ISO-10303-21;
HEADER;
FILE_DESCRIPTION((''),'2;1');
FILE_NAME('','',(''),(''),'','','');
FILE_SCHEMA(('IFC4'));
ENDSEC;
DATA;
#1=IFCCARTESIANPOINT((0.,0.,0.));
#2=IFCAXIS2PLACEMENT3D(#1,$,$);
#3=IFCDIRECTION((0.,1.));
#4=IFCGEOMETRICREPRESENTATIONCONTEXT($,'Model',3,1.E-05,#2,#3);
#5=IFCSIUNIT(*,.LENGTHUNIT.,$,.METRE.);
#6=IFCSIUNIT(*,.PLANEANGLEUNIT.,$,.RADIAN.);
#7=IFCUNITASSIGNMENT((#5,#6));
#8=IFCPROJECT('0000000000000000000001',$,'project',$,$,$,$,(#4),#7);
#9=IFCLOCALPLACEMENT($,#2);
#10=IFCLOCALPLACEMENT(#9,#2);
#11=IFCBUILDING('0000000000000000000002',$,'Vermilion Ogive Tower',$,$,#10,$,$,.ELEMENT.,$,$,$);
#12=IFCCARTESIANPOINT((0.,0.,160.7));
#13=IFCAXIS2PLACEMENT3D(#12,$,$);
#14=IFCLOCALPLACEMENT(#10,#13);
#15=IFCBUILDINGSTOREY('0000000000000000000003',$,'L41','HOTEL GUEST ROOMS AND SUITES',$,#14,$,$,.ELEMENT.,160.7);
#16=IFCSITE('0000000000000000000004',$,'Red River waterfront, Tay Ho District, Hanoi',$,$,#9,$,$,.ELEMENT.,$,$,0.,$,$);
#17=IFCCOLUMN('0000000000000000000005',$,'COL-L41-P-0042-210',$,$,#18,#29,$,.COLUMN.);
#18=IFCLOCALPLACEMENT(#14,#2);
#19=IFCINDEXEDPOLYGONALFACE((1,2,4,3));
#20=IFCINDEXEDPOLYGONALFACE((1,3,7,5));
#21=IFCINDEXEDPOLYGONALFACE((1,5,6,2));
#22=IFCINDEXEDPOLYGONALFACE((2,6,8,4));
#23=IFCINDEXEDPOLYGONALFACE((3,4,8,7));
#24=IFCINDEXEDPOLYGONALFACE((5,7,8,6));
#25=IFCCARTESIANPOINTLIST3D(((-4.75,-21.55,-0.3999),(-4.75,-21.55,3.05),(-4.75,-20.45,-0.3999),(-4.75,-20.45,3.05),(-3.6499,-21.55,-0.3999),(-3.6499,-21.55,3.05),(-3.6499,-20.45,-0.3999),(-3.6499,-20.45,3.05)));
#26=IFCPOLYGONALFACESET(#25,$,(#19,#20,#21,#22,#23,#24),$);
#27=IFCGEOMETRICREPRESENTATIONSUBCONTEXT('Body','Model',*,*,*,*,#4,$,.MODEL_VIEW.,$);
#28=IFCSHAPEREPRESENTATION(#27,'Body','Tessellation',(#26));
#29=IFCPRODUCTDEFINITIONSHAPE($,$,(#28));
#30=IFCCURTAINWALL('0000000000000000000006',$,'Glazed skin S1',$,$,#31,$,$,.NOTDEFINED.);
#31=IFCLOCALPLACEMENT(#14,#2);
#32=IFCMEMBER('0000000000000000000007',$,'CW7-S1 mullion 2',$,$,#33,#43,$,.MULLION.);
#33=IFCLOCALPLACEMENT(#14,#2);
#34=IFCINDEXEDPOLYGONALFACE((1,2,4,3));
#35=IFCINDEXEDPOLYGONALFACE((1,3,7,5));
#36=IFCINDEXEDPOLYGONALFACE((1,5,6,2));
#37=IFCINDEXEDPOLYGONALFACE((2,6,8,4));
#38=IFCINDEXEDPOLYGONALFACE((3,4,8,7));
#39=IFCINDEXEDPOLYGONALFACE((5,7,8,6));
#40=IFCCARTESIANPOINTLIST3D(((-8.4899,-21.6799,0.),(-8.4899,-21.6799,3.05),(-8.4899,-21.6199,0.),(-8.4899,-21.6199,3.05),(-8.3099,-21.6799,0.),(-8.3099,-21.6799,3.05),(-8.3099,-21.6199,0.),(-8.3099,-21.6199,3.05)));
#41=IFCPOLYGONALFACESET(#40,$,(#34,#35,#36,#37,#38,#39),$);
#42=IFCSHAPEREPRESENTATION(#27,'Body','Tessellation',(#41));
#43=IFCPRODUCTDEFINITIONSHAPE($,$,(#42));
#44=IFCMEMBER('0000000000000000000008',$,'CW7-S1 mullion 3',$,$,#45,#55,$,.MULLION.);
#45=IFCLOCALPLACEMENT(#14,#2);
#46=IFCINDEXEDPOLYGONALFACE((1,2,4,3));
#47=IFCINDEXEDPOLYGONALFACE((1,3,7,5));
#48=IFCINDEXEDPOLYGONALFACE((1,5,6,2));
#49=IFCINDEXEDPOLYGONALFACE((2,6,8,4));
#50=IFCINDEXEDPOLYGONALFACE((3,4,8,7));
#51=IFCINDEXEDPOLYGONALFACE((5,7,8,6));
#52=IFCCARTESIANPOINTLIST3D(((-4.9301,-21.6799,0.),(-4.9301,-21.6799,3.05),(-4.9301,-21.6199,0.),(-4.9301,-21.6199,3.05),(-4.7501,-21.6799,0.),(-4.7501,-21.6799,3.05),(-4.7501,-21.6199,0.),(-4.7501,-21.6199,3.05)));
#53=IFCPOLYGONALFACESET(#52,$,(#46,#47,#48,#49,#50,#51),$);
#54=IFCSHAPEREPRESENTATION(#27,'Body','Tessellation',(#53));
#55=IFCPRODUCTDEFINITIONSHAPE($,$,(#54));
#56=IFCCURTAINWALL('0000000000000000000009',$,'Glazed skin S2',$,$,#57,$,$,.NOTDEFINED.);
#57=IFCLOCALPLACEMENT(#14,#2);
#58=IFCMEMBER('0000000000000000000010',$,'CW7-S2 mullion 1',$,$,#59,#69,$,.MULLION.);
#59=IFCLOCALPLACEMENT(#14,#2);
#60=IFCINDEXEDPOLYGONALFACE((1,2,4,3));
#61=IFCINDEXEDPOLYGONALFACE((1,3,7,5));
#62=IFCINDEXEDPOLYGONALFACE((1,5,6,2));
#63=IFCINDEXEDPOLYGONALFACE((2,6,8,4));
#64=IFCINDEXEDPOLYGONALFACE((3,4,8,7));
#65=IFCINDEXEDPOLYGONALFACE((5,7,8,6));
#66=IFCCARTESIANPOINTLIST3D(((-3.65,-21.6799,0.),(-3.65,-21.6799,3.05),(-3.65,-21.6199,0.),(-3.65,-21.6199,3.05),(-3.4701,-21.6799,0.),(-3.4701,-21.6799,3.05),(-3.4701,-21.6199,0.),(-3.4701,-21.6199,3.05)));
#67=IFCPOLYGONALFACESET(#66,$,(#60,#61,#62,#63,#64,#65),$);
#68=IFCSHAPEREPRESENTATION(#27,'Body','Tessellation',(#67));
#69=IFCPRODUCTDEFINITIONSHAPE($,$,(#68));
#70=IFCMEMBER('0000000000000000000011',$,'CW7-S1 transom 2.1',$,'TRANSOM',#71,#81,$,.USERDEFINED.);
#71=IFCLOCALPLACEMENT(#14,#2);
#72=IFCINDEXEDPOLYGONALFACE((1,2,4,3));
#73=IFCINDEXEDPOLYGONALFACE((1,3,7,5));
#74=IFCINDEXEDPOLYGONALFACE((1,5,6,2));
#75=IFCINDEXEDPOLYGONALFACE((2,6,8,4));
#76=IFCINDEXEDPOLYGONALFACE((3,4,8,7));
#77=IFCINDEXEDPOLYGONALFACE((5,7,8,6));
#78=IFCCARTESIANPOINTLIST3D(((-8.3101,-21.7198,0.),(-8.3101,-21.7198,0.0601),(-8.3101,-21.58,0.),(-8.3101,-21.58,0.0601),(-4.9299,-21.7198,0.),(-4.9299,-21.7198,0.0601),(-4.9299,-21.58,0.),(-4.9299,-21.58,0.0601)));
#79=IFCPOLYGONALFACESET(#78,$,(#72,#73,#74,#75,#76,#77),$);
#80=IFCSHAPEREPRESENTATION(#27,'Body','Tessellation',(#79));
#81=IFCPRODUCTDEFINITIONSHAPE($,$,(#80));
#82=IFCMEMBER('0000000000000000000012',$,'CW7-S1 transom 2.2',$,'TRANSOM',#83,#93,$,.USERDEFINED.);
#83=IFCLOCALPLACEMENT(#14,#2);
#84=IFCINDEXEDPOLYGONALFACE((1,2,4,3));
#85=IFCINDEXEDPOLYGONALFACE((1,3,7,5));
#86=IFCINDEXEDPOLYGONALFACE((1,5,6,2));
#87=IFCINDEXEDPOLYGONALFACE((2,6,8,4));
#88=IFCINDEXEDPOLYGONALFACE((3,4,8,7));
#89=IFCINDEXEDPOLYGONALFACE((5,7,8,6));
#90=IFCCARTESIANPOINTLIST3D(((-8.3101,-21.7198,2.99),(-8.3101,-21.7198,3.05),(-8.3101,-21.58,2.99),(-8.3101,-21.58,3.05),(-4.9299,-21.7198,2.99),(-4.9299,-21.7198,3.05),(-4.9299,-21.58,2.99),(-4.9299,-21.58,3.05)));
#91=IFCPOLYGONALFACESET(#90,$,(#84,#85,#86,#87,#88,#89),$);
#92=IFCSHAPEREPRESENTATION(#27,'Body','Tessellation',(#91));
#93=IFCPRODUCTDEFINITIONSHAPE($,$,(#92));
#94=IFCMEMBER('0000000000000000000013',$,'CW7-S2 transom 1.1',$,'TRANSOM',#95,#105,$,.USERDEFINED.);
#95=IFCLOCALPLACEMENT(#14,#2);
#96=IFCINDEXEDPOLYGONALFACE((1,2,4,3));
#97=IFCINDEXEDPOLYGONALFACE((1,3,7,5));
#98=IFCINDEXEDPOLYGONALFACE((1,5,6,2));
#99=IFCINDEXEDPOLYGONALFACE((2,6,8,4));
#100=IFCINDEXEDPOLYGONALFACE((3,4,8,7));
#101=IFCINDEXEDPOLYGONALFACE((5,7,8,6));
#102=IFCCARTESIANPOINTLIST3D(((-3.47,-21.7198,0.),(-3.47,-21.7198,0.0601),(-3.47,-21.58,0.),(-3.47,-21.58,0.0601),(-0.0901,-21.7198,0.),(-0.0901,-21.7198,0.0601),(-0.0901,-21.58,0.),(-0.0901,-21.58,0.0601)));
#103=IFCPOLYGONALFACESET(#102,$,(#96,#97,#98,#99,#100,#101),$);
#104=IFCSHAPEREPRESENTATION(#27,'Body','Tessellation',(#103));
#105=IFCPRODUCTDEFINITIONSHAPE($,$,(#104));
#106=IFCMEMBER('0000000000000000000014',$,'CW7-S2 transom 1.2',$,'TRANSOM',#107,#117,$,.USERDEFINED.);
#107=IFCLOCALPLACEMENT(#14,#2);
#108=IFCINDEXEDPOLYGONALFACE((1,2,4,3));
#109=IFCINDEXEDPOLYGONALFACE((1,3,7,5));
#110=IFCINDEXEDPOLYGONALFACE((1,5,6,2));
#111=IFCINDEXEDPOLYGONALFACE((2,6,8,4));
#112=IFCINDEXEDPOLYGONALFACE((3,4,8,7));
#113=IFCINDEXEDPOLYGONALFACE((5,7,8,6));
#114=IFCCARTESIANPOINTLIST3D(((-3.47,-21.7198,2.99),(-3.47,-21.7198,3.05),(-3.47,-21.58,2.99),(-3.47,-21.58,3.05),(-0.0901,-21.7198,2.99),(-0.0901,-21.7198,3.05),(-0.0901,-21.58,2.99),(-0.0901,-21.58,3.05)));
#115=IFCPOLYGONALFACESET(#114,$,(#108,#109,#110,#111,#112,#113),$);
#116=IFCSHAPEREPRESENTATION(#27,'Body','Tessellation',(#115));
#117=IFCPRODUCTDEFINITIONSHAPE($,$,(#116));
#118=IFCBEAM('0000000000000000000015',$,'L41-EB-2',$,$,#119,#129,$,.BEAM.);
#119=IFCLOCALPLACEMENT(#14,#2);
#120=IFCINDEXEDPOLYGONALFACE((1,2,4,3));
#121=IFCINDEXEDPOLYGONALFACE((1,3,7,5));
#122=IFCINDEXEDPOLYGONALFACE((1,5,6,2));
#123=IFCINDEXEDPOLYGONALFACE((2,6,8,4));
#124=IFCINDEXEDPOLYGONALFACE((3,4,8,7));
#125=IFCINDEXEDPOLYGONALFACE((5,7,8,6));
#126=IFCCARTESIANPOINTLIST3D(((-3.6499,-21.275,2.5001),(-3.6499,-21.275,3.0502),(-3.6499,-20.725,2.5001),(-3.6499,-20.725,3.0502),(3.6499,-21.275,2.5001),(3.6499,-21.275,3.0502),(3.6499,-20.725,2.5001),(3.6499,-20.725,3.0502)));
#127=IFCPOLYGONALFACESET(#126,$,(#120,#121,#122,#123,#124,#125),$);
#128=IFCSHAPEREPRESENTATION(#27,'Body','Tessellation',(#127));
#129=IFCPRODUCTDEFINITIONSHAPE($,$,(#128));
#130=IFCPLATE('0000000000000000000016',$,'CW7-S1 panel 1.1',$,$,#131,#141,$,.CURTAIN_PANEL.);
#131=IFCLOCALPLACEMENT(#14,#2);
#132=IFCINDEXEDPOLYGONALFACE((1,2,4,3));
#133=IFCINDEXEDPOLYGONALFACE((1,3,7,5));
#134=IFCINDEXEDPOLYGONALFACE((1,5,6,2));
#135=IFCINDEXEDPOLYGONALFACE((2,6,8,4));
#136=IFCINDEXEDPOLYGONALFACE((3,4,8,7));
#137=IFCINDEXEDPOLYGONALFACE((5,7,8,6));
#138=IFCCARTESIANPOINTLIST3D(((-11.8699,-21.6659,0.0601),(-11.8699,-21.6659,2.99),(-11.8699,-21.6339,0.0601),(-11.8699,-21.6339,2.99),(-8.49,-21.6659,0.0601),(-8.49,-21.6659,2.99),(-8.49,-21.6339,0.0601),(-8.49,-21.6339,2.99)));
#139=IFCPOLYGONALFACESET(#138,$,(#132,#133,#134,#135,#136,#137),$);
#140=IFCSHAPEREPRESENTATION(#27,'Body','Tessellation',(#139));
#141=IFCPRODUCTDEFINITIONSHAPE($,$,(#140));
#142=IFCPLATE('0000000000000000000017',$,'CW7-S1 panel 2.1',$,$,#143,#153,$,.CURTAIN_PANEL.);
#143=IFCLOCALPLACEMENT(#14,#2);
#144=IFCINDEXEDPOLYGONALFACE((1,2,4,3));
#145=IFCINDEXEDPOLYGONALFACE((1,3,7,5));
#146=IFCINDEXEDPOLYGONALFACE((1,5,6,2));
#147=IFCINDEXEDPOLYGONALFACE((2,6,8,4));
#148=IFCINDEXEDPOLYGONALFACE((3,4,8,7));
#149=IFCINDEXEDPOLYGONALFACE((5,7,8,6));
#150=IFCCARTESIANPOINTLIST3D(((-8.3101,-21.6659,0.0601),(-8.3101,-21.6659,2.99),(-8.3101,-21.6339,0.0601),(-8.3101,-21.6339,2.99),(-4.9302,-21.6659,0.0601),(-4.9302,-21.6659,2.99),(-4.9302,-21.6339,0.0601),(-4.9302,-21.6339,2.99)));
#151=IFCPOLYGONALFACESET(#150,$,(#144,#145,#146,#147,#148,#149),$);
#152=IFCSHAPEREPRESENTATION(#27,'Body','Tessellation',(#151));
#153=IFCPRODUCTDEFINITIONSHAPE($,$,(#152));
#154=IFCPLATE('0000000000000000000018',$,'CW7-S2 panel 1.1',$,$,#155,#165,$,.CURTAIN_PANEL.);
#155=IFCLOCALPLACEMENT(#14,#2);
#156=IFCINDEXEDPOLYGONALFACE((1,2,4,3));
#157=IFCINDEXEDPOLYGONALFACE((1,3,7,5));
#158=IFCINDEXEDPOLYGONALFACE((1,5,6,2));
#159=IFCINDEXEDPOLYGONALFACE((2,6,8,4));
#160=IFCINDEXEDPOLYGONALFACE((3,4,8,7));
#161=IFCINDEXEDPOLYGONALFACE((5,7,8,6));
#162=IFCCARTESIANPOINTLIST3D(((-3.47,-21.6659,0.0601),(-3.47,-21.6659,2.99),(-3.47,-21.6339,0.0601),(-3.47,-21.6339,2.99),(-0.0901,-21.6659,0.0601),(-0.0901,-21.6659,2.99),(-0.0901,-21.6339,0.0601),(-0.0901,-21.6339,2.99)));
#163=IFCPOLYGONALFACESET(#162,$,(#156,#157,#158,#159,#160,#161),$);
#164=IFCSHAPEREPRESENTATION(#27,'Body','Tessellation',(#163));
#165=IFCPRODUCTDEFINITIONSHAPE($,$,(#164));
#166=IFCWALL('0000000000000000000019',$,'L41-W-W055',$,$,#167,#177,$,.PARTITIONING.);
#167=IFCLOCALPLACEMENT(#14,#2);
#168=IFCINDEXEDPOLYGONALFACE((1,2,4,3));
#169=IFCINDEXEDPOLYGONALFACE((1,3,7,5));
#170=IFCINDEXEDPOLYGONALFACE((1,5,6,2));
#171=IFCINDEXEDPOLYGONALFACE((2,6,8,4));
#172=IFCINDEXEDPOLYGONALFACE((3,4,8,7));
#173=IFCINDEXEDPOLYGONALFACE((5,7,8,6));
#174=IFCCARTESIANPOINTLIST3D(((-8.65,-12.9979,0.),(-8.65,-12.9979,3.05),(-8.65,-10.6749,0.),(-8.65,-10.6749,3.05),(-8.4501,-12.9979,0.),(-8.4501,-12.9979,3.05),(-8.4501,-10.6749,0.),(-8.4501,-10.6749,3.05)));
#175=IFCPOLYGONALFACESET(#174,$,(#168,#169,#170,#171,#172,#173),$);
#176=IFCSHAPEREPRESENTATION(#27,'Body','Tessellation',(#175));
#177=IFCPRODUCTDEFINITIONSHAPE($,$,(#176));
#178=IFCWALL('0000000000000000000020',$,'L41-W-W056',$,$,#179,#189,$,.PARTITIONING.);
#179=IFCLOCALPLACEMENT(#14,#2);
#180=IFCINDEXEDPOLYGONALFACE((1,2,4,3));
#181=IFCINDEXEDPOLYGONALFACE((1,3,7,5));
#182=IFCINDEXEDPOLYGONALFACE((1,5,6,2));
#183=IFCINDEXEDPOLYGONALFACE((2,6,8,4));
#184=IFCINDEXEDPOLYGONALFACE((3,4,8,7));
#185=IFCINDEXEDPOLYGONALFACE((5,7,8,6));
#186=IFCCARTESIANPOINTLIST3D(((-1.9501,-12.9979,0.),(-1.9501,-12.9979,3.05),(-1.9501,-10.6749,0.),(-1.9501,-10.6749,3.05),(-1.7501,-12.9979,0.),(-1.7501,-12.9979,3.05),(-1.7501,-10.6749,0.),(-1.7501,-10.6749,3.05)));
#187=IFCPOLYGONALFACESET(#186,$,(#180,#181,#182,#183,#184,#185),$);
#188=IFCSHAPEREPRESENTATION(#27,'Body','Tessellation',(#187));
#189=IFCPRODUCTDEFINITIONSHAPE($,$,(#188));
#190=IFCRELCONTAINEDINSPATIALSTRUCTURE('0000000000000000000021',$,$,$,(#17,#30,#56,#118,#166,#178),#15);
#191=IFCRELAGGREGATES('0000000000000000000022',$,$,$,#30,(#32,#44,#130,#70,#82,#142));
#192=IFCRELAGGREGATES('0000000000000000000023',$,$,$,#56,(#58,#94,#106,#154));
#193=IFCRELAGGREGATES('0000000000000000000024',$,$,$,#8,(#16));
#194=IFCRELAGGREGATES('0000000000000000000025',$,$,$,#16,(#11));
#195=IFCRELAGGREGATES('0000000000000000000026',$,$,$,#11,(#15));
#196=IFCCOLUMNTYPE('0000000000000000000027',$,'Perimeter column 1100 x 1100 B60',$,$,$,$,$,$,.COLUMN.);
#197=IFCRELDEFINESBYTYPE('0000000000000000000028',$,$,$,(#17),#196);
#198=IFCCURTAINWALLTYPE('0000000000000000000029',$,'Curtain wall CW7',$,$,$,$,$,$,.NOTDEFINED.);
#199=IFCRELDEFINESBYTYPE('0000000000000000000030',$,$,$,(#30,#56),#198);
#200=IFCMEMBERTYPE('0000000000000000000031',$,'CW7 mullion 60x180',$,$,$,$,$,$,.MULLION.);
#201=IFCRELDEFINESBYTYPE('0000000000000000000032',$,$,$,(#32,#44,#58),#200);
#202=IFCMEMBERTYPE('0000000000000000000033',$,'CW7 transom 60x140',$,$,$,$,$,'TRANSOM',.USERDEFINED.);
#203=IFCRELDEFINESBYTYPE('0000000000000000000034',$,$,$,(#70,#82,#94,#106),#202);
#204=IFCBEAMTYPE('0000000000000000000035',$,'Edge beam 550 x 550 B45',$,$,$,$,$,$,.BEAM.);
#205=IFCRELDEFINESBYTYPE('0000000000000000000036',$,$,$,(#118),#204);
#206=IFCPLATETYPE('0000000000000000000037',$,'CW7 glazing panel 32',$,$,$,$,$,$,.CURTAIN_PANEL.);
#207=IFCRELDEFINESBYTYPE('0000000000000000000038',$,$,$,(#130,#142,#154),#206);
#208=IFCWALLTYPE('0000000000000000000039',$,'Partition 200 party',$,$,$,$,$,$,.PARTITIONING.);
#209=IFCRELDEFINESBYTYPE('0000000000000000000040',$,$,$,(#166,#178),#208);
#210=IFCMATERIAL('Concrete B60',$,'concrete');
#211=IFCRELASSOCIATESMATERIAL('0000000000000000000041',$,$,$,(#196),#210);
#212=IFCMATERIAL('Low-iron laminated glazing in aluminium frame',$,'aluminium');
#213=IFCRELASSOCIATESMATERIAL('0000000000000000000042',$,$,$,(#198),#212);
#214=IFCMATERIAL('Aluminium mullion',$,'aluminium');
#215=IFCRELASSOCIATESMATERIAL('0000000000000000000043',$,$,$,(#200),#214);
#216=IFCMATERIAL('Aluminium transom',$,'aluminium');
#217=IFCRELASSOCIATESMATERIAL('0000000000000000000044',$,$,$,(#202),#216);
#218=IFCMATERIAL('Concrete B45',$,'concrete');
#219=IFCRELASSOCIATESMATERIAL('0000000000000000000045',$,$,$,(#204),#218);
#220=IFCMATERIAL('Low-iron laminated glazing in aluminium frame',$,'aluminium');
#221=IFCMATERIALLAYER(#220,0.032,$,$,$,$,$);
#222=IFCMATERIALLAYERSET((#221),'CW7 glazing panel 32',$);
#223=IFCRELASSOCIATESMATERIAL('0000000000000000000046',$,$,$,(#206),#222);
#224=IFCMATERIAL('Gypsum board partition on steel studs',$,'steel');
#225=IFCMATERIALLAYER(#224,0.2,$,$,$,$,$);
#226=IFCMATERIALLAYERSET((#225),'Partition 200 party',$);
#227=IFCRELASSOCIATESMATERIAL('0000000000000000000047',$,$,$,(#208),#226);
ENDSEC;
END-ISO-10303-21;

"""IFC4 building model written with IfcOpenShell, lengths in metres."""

from ifc_helpers import new_model, si_unit, direction, frame, frame_2d, origin, origin_2d, place, context, subcontext, project, spatial, rectangle, extrude, material, layer, layer_set, material_profile, profile_set, type_object, element, aggregate, save


model = new_model("IFC4")

# Units and contexts
model_context = context("Model", 3, precision=1e-05, world=origin(), true_north=direction((0.0, 1.0)))
body_context = subcontext(model_context, "Body", "Model", "MODEL_VIEW")
ifc_project = project(units=[si_unit("LENGTHUNIT", "METRE"), si_unit("PLANEANGLEUNIT", "RADIAN")], contexts=[model_context])

# Site, building, storey
site_placement = place(None, origin())
site = spatial("IfcSite", under=ifc_project, at=site_placement, Name="Red River waterfront, Tay Ho District, Hanoi", CompositionType="ELEMENT", RefElevation=0.0)
building_placement = place(site_placement, origin())
building = spatial("IfcBuilding", under=site, at=building_placement, Name="Vermilion Ogive Tower", CompositionType="ELEMENT")
storey_placement = place(building_placement, frame((0.0, 0.0, 160.7)))
storey = spatial("IfcBuildingStorey", under=building, at=storey_placement, Name="L41", Description="HOTEL GUEST ROOMS AND SUITES", CompositionType="ELEMENT", Elevation=160.7)

# Column
ifc_material_1 = material(Name="Concrete B60", Category="concrete")
ifc_material_profile_1 = material_profile(ifc_material_1, rectangle(XDim=1.1001, YDim=1.1001, at=origin_2d()), Name="1100 x 1100")
ifc_profile_set_1 = profile_set([ifc_material_profile_1], Name="Concrete B60")
column_type = type_object("IfcColumnType", Name="Perimeter column 1100 x 1100 B60", PredefinedType="COLUMN", material=ifc_profile_set_1)
column_placement = place(storey_placement, frame((-4.2, -21.0, -0.3999), z_axis=(0.0, 0.0, 1.0), x_axis=(1.0, 0.0, 0.0)))
element("IfcColumn", 1, at=column_placement, inside=storey, type_object=column_type, Name="COL-L41-P-0042-210", PredefinedType="COLUMN", context=body_context, shape_type="SweptSolid", body=[
    extrude(rectangle(XDim=1.1001, YDim=1.1001, at=origin_2d()), origin(), (0.0, 0.0, 1.0), 3.45),
])

# Curtain wall, members
ifc_material_2 = material(Name="Low-iron laminated glazing in aluminium frame", Category="aluminium")
curtain_wall_type = type_object("IfcCurtainWallType", Name="Curtain wall CW7", PredefinedType="NOTDEFINED", material=ifc_material_2)
curtain_wall_1_placement = place(storey_placement, origin())
curtain_wall_1 = element("IfcCurtainWall", 2, at=curtain_wall_1_placement, inside=storey, type_object=curtain_wall_type, Name="Glazed skin S1", PredefinedType="NOTDEFINED")
ifc_material_3 = material(Name="Aluminium mullion", Category="aluminium")
ifc_material_profile_2 = material_profile(ifc_material_3, rectangle(XDim=0.0601, YDim=0.1799, at=origin_2d()), Name="AL 60x180")
ifc_profile_set_2 = profile_set([ifc_material_profile_2], Name="Aluminium mullion")
member_type_1 = type_object("IfcMemberType", Name="CW7 mullion 60x180", PredefinedType="MULLION", material=ifc_profile_set_2)
member_1_placement = place(storey_placement, frame((-8.3999, -21.6499, 0.0), z_axis=(0.0, 0.0, 1.0), x_axis=(0.0, 1.0, 0.0)))
member_1 = element("IfcMember", 3, at=member_1_placement, type_object=member_type_1, Name="CW7-S1 mullion 2", PredefinedType="MULLION", context=body_context, shape_type="SweptSolid", body=[
    extrude(rectangle(XDim=0.0601, YDim=0.1799, at=origin_2d()), origin(), (0.0, 0.0, 1.0), 3.05),
])
member_2_placement = place(storey_placement, frame((-4.8401, -21.6499, 0.0), z_axis=(0.0, 0.0, 1.0), x_axis=(0.0, 1.0, 0.0)))
member_2 = element("IfcMember", 4, at=member_2_placement, type_object=member_type_1, Name="CW7-S1 mullion 3", PredefinedType="MULLION", context=body_context, shape_type="SweptSolid", body=[
    extrude(rectangle(XDim=0.0601, YDim=0.1799, at=origin_2d()), origin(), (0.0, 0.0, 1.0), 3.05),
])

# Curtain wall, member
curtain_wall_2_placement = place(storey_placement, origin())
curtain_wall_2 = element("IfcCurtainWall", 5, at=curtain_wall_2_placement, inside=storey, type_object=curtain_wall_type, Name="Glazed skin S2", PredefinedType="NOTDEFINED")
member_3_placement = place(storey_placement, frame((-3.5601, -21.6499, 0.0), z_axis=(0.0, 0.0, 1.0), x_axis=(0.0, 1.0, 0.0)))
member_3 = element("IfcMember", 6, at=member_3_placement, type_object=member_type_1, Name="CW7-S2 mullion 1", PredefinedType="MULLION", context=body_context, shape_type="SweptSolid", body=[
    extrude(rectangle(XDim=0.0601, YDim=0.1799, at=origin_2d()), origin(), (0.0, 0.0, 1.0), 3.05),
])

# Members
ifc_material_4 = material(Name="Aluminium transom", Category="aluminium")
ifc_material_profile_3 = material_profile(ifc_material_4, rectangle(XDim=0.1399, YDim=0.0601, at=origin_2d()), Name="AL 60x140")
ifc_profile_set_3 = profile_set([ifc_material_profile_3], Name="Aluminium transom")
member_type_2 = type_object("IfcMemberType", Name="CW7 transom 60x140", ElementType="TRANSOM", PredefinedType="USERDEFINED", material=ifc_profile_set_3)
member_4_placement = place(storey_placement, frame((-8.3101, -21.6499, 0.03), z_axis=(1.0, 0.0, 0.0), x_axis=(0.0, 1.0, 0.0)))
member_4 = element("IfcMember", 7, at=member_4_placement, type_object=member_type_2, Name="CW7-S1 transom 2.1", ObjectType="TRANSOM", PredefinedType="USERDEFINED", context=body_context, shape_type="SweptSolid", body=[
    extrude(rectangle(XDim=0.1399, YDim=0.0601, at=origin_2d()), origin(), (0.0, 0.0, 1.0), 3.3801),
])
member_5_placement = place(storey_placement, frame((-8.3101, -21.6499, 3.02), z_axis=(1.0, 0.0, 0.0), x_axis=(0.0, 1.0, 0.0)))
member_5 = element("IfcMember", 8, at=member_5_placement, type_object=member_type_2, Name="CW7-S1 transom 2.2", ObjectType="TRANSOM", PredefinedType="USERDEFINED", context=body_context, shape_type="SweptSolid", body=[
    extrude(rectangle(XDim=0.1399, YDim=0.0601, at=origin_2d()), origin(), (0.0, 0.0, 1.0), 3.3801),
])
member_6_placement = place(storey_placement, frame((-3.47, -21.6499, 0.03), z_axis=(1.0, 0.0, 0.0), x_axis=(0.0, 1.0, 0.0)))
member_6 = element("IfcMember", 9, at=member_6_placement, type_object=member_type_2, Name="CW7-S2 transom 1.1", ObjectType="TRANSOM", PredefinedType="USERDEFINED", context=body_context, shape_type="SweptSolid", body=[
    extrude(rectangle(XDim=0.1399, YDim=0.0601, at=origin_2d()), origin(), (0.0, 0.0, 1.0), 3.3799),
])
member_7_placement = place(storey_placement, frame((-3.47, -21.6499, 3.02), z_axis=(1.0, 0.0, 0.0), x_axis=(0.0, 1.0, 0.0)))
member_7 = element("IfcMember", 10, at=member_7_placement, type_object=member_type_2, Name="CW7-S2 transom 1.2", ObjectType="TRANSOM", PredefinedType="USERDEFINED", context=body_context, shape_type="SweptSolid", body=[
    extrude(rectangle(XDim=0.1399, YDim=0.0601, at=origin_2d()), origin(), (0.0, 0.0, 1.0), 3.3799),
])

# Beam
ifc_material_5 = material(Name="Concrete B45", Category="concrete")
ifc_material_profile_4 = material_profile(ifc_material_5, rectangle(XDim=0.55, YDim=0.55, at=origin_2d()), Name="550 x 550")
ifc_profile_set_4 = profile_set([ifc_material_profile_4], Name="Concrete B45")
beam_type = type_object("IfcBeamType", Name="Edge beam 550 x 550 B45", PredefinedType="BEAM", material=ifc_profile_set_4)
beam_placement = place(storey_placement, frame((-3.6499, -21.0, 2.7751), z_axis=(1.0, 0.0, 0.0), x_axis=(0.0, 1.0, 0.0)))
element("IfcBeam", 11, at=beam_placement, inside=storey, type_object=beam_type, Name="L41-EB-2", PredefinedType="BEAM", context=body_context, shape_type="SweptSolid", body=[
    extrude(rectangle(XDim=0.55, YDim=0.55, at=origin_2d()), origin(), (0.0, 0.0, 1.0), 7.2998),
])

# Plates
ifc_material_6 = material(Name="Low-iron laminated glazing in aluminium frame", Category="aluminium")
ifc_layer_1 = layer(ifc_material_6, 0.032)
ifc_layer_set_1 = layer_set([ifc_layer_1], Name="CW7 glazing panel 32")
plate_type = type_object("IfcPlateType", Name="CW7 glazing panel 32", PredefinedType="CURTAIN_PANEL", material=ifc_layer_set_1)
plate_1_placement = place(storey_placement, frame((-10.1799, -21.6499, 0.0601), z_axis=(0.0, 0.0, 1.0), x_axis=(1.0, 0.0, 0.0)))
plate_1 = element("IfcPlate", 12, at=plate_1_placement, type_object=plate_type, Name="CW7-S1 panel 1.1", PredefinedType="CURTAIN_PANEL", context=body_context, shape_type="SweptSolid", body=[
    extrude(rectangle(XDim=3.3799, YDim=0.032, at=origin_2d()), origin(), (0.0, 0.0, 1.0), 2.9299),
])
plate_2_placement = place(storey_placement, frame((-6.6201, -21.6499, 0.0601), z_axis=(0.0, 0.0, 1.0), x_axis=(1.0, 0.0, 0.0)))
plate_2 = element("IfcPlate", 13, at=plate_2_placement, type_object=plate_type, Name="CW7-S1 panel 2.1", PredefinedType="CURTAIN_PANEL", context=body_context, shape_type="SweptSolid", body=[
    extrude(rectangle(XDim=3.3799, YDim=0.032, at=origin_2d()), origin(), (0.0, 0.0, 1.0), 2.9299),
])
aggregate(curtain_wall_1, [member_1, member_2, plate_1, member_4, member_5, plate_2])
plate_3_placement = place(storey_placement, frame((-1.78, -21.6499, 0.0601), z_axis=(0.0, 0.0, 1.0), x_axis=(1.0, 0.0, 0.0)))
plate_3 = element("IfcPlate", 14, at=plate_3_placement, type_object=plate_type, Name="CW7-S2 panel 1.1", PredefinedType="CURTAIN_PANEL", context=body_context, shape_type="SweptSolid", body=[
    extrude(rectangle(XDim=3.3799, YDim=0.032, at=origin_2d()), origin(), (0.0, 0.0, 1.0), 2.9299),
])
aggregate(curtain_wall_2, [member_3, member_6, member_7, plate_3])

# Walls
ifc_material_7 = material(Name="Gypsum board partition on steel studs", Category="steel")
ifc_layer_2 = layer(ifc_material_7, 0.2)
ifc_layer_set_2 = layer_set([ifc_layer_2], Name="Partition 200 party")
wall_type_1 = type_object("IfcWallType", Name="Partition 200 party", PredefinedType="PARTITIONING", material=ifc_layer_set_2)
for number, where, z_axis, x_axis, name in (
    (15, (-8.55, -12.998, 0.0), (0.0, 0.0, 1.0), (0.0, 1.0, 0.0), "L41-W-W055"),
    (16, (-1.8501, -12.998, 0.0), (0.0, 0.0, 1.0), (0.0, 1.0, 0.0), "L41-W-W056"),
):
    element("IfcWall", number, at=place(storey_placement, frame(where, z_axis=z_axis, x_axis=x_axis)), inside=storey, type_object=wall_type_1, Name=name, PredefinedType="PARTITIONING", context=body_context, shape_type="SweptSolid", body=[
        extrude(rectangle(XDim=2.323, YDim=0.2, at=frame_2d((1.1616, 0.0))), origin(), (0.0, 0.0, 1.0), 3.05),
    ])

save(model, "model.ifc")
